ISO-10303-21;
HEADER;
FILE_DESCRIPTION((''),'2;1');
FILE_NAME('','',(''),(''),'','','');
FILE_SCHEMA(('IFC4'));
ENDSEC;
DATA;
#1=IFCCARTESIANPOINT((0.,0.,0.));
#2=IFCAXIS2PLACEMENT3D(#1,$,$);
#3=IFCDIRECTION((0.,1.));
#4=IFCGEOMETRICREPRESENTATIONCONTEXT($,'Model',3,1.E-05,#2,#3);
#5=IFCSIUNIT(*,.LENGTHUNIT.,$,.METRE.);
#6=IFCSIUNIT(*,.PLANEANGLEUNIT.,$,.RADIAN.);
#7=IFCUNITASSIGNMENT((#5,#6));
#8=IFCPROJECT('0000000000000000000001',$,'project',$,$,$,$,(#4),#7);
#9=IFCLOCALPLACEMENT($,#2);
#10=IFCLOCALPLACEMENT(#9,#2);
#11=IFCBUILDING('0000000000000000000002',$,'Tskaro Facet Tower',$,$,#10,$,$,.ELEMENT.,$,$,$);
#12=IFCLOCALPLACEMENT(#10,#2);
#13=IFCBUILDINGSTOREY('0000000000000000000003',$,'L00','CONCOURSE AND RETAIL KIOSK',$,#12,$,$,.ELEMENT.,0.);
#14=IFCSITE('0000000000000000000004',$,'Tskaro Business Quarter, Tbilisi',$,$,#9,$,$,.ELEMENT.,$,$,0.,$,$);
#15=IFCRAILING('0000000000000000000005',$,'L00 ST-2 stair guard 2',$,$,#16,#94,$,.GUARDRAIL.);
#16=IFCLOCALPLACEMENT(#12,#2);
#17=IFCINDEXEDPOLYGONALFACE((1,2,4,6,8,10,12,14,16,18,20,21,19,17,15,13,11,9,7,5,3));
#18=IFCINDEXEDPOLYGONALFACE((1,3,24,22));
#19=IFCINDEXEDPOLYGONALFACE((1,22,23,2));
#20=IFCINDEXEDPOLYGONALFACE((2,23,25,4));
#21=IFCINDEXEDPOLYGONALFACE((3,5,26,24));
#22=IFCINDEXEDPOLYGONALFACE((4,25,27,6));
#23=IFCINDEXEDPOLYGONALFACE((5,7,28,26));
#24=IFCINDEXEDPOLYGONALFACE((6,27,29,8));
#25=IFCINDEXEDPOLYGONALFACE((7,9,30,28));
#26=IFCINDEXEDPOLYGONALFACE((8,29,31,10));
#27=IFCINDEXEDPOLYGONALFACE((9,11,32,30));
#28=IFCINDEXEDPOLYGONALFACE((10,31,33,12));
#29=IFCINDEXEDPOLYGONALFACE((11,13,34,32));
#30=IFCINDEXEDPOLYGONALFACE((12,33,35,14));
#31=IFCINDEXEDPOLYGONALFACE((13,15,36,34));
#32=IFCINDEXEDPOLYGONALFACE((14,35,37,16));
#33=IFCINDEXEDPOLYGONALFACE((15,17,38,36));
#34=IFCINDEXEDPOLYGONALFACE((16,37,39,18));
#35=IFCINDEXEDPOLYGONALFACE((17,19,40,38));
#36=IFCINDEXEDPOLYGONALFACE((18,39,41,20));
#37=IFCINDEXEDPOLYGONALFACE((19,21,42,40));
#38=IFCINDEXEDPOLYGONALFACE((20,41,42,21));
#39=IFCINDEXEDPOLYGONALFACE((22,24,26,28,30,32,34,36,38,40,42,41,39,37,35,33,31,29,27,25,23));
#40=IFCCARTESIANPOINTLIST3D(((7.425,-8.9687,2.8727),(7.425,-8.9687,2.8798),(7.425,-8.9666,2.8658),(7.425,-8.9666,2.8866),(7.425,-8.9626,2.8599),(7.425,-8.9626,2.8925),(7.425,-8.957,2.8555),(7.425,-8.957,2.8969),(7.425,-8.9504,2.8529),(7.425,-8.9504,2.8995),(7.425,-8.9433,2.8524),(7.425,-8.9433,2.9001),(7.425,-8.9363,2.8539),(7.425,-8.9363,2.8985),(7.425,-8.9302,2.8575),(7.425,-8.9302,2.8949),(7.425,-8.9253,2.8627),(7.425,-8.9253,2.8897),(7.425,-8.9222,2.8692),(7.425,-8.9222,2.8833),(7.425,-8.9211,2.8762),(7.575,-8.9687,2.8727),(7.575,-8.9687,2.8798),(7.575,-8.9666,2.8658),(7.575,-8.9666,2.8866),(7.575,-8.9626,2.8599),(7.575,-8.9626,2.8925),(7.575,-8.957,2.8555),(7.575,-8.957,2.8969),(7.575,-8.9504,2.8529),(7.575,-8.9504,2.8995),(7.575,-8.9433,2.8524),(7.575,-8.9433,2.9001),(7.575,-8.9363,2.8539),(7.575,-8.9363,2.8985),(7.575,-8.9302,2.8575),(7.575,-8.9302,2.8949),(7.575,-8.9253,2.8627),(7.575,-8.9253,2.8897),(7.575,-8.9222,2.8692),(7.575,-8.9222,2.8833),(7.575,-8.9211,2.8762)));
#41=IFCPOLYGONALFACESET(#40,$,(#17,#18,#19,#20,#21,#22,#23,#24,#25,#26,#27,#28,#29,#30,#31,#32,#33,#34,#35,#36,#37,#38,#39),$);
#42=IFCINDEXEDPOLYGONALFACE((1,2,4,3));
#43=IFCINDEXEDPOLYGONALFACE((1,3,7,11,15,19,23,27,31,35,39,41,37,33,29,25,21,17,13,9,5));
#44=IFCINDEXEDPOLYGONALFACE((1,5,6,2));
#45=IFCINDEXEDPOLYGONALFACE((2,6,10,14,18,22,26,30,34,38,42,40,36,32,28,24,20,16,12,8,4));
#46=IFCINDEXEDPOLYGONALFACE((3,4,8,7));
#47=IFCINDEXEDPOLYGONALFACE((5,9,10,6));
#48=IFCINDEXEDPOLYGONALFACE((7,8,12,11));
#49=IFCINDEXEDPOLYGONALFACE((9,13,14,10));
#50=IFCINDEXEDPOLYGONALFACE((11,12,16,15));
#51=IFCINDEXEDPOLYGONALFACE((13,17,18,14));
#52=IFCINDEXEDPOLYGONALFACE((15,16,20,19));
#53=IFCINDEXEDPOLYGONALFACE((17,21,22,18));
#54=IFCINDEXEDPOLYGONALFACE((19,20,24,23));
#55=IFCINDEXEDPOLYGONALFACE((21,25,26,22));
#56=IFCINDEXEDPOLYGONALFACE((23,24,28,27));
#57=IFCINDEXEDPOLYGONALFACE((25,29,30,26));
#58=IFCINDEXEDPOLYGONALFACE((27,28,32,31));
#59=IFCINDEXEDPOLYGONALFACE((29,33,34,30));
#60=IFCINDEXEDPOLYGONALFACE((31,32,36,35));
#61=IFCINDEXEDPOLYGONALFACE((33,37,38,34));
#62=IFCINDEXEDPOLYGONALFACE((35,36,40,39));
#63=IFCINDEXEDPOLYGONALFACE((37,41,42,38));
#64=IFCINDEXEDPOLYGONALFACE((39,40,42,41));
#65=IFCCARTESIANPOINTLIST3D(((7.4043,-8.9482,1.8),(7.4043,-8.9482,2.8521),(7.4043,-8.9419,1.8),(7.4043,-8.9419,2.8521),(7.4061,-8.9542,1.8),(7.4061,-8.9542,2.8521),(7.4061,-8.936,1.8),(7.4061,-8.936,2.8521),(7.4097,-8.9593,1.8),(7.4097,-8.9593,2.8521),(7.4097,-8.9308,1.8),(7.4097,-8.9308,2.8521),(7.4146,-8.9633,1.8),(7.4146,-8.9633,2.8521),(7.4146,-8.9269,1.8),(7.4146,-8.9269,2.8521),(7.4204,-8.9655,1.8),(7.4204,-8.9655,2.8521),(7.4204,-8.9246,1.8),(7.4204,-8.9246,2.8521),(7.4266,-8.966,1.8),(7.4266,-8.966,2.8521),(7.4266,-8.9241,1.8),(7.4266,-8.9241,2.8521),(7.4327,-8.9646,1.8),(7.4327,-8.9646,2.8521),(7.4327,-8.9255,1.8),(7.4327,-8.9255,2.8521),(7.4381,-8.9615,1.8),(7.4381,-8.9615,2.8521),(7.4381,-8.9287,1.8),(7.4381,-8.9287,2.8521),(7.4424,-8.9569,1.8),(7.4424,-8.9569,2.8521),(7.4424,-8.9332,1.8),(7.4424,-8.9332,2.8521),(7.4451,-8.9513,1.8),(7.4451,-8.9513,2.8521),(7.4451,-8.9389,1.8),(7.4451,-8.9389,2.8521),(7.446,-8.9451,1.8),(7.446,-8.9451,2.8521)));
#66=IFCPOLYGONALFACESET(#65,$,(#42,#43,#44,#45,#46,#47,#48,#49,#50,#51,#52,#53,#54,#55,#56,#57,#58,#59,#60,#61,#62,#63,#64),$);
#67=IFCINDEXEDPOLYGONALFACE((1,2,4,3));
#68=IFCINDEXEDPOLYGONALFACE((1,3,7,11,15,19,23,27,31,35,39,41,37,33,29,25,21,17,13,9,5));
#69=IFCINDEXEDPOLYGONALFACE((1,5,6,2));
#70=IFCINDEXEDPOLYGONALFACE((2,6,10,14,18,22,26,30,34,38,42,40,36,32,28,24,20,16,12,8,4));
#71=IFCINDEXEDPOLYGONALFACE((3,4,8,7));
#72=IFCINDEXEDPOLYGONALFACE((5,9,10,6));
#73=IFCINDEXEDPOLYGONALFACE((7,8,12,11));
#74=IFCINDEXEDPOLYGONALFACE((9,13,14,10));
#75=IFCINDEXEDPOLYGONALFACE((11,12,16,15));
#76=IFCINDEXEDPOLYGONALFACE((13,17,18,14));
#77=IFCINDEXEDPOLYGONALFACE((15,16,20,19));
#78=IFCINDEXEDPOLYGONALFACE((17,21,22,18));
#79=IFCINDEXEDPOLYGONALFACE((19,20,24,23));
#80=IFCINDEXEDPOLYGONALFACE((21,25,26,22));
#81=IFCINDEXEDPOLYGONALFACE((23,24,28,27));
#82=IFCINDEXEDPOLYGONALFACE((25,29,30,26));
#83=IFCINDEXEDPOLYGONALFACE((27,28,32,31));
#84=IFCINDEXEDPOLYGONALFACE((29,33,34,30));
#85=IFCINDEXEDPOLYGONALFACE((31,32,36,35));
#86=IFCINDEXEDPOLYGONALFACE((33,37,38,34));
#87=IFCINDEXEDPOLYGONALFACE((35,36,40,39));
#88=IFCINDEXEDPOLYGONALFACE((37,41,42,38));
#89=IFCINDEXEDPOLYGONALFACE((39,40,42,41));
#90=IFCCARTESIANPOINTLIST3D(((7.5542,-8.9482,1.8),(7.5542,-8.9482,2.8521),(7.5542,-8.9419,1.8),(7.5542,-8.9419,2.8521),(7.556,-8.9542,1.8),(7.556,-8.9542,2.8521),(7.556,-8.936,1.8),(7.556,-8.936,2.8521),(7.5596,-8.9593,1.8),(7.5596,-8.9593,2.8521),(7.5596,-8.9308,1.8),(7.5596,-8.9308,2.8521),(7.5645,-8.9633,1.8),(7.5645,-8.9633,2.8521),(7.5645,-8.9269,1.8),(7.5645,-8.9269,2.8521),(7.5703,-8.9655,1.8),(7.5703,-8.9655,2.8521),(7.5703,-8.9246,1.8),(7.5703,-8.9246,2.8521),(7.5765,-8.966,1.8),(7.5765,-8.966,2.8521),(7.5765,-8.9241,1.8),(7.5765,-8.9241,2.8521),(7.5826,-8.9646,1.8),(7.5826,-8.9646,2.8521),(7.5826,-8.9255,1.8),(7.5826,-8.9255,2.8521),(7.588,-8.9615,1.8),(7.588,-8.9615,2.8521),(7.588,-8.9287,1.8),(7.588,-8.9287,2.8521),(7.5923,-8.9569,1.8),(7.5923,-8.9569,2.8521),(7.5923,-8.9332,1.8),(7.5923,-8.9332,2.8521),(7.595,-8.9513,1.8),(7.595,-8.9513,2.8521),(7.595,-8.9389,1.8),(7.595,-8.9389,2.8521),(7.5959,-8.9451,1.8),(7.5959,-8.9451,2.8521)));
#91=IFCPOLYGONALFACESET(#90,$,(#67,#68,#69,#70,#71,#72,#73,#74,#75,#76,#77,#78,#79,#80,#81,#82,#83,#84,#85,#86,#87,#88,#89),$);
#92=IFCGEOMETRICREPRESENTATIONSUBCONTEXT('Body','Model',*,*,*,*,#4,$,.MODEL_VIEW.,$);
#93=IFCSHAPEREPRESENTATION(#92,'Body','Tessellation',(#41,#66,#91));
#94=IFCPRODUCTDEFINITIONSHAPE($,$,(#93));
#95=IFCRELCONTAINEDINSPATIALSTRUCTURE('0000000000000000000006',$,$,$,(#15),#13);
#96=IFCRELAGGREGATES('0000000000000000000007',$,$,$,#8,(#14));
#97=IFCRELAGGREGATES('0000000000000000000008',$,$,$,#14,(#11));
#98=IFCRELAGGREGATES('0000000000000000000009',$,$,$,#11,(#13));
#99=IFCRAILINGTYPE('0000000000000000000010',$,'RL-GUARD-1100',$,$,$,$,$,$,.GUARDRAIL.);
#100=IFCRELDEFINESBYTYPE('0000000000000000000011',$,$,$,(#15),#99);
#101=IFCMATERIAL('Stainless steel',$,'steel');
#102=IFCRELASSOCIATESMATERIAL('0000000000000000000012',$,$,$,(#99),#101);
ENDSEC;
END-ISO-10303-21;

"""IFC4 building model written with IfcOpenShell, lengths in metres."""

from ifc_helpers import new_model, si_unit, direction, frame, origin, origin_2d, place, context, subcontext, project, spatial, circle, extrude, material, type_object, element, save


model = new_model("IFC4")

# Units and contexts
model_context = context("Model", 3, precision=1e-05, world=origin(), true_north=direction((0.0, 1.0)))
body_context = subcontext(model_context, "Body", "Model", "MODEL_VIEW")
ifc_project = project(units=[si_unit("LENGTHUNIT", "METRE"), si_unit("PLANEANGLEUNIT", "RADIAN")], contexts=[model_context])

# Site, building, storey
site_placement = place(None, origin())
site = spatial("IfcSite", under=ifc_project, at=site_placement, Name="Tskaro Business Quarter, Tbilisi", CompositionType="ELEMENT", RefElevation=0.0)
building_placement = place(site_placement, origin())
building = spatial("IfcBuilding", under=site, at=building_placement, Name="Tskaro Facet Tower", CompositionType="ELEMENT")
storey_placement = place(building_placement, origin())
storey = spatial("IfcBuildingStorey", under=building, at=storey_placement, Name="L00", Description="CONCOURSE AND RETAIL KIOSK", CompositionType="ELEMENT", Elevation=0.0)

# Railing
ifc_material_1 = material(Name="Stainless steel", Category="steel")
railing_type_1 = type_object("IfcRailingType", Name="RL-GUARD-1100", PredefinedType="GUARDRAIL", material=ifc_material_1)
railing_1_placement = place(storey_placement, frame((7.425, -8.9451, 1.8)))
element("IfcRailing", 1, at=railing_1_placement, inside=storey, type_object=railing_type_1, Name="L00 ST-2 stair guard 2", PredefinedType="GUARDRAIL", context=body_context, shape_type="SweptSolid", body=[
    extrude(circle(Radius=0.0239, at=origin_2d()), frame((0.0, 0.0, 1.0762), z_axis=(1.0, 0.0, 0.0), x_axis=(0.0, 1.0, 0.0)), (0.0, 0.0, 1.0), 0.1499),
    extrude(circle(Radius=0.021, at=origin_2d()), origin(), (0.0, 0.0, 1.0), 1.052),
    extrude(circle(Radius=0.021, at=origin_2d()), frame((0.1499, 0.0, 0.0)), (0.0, 0.0, 1.0), 1.052),
])

save(model, "model.ifc")
